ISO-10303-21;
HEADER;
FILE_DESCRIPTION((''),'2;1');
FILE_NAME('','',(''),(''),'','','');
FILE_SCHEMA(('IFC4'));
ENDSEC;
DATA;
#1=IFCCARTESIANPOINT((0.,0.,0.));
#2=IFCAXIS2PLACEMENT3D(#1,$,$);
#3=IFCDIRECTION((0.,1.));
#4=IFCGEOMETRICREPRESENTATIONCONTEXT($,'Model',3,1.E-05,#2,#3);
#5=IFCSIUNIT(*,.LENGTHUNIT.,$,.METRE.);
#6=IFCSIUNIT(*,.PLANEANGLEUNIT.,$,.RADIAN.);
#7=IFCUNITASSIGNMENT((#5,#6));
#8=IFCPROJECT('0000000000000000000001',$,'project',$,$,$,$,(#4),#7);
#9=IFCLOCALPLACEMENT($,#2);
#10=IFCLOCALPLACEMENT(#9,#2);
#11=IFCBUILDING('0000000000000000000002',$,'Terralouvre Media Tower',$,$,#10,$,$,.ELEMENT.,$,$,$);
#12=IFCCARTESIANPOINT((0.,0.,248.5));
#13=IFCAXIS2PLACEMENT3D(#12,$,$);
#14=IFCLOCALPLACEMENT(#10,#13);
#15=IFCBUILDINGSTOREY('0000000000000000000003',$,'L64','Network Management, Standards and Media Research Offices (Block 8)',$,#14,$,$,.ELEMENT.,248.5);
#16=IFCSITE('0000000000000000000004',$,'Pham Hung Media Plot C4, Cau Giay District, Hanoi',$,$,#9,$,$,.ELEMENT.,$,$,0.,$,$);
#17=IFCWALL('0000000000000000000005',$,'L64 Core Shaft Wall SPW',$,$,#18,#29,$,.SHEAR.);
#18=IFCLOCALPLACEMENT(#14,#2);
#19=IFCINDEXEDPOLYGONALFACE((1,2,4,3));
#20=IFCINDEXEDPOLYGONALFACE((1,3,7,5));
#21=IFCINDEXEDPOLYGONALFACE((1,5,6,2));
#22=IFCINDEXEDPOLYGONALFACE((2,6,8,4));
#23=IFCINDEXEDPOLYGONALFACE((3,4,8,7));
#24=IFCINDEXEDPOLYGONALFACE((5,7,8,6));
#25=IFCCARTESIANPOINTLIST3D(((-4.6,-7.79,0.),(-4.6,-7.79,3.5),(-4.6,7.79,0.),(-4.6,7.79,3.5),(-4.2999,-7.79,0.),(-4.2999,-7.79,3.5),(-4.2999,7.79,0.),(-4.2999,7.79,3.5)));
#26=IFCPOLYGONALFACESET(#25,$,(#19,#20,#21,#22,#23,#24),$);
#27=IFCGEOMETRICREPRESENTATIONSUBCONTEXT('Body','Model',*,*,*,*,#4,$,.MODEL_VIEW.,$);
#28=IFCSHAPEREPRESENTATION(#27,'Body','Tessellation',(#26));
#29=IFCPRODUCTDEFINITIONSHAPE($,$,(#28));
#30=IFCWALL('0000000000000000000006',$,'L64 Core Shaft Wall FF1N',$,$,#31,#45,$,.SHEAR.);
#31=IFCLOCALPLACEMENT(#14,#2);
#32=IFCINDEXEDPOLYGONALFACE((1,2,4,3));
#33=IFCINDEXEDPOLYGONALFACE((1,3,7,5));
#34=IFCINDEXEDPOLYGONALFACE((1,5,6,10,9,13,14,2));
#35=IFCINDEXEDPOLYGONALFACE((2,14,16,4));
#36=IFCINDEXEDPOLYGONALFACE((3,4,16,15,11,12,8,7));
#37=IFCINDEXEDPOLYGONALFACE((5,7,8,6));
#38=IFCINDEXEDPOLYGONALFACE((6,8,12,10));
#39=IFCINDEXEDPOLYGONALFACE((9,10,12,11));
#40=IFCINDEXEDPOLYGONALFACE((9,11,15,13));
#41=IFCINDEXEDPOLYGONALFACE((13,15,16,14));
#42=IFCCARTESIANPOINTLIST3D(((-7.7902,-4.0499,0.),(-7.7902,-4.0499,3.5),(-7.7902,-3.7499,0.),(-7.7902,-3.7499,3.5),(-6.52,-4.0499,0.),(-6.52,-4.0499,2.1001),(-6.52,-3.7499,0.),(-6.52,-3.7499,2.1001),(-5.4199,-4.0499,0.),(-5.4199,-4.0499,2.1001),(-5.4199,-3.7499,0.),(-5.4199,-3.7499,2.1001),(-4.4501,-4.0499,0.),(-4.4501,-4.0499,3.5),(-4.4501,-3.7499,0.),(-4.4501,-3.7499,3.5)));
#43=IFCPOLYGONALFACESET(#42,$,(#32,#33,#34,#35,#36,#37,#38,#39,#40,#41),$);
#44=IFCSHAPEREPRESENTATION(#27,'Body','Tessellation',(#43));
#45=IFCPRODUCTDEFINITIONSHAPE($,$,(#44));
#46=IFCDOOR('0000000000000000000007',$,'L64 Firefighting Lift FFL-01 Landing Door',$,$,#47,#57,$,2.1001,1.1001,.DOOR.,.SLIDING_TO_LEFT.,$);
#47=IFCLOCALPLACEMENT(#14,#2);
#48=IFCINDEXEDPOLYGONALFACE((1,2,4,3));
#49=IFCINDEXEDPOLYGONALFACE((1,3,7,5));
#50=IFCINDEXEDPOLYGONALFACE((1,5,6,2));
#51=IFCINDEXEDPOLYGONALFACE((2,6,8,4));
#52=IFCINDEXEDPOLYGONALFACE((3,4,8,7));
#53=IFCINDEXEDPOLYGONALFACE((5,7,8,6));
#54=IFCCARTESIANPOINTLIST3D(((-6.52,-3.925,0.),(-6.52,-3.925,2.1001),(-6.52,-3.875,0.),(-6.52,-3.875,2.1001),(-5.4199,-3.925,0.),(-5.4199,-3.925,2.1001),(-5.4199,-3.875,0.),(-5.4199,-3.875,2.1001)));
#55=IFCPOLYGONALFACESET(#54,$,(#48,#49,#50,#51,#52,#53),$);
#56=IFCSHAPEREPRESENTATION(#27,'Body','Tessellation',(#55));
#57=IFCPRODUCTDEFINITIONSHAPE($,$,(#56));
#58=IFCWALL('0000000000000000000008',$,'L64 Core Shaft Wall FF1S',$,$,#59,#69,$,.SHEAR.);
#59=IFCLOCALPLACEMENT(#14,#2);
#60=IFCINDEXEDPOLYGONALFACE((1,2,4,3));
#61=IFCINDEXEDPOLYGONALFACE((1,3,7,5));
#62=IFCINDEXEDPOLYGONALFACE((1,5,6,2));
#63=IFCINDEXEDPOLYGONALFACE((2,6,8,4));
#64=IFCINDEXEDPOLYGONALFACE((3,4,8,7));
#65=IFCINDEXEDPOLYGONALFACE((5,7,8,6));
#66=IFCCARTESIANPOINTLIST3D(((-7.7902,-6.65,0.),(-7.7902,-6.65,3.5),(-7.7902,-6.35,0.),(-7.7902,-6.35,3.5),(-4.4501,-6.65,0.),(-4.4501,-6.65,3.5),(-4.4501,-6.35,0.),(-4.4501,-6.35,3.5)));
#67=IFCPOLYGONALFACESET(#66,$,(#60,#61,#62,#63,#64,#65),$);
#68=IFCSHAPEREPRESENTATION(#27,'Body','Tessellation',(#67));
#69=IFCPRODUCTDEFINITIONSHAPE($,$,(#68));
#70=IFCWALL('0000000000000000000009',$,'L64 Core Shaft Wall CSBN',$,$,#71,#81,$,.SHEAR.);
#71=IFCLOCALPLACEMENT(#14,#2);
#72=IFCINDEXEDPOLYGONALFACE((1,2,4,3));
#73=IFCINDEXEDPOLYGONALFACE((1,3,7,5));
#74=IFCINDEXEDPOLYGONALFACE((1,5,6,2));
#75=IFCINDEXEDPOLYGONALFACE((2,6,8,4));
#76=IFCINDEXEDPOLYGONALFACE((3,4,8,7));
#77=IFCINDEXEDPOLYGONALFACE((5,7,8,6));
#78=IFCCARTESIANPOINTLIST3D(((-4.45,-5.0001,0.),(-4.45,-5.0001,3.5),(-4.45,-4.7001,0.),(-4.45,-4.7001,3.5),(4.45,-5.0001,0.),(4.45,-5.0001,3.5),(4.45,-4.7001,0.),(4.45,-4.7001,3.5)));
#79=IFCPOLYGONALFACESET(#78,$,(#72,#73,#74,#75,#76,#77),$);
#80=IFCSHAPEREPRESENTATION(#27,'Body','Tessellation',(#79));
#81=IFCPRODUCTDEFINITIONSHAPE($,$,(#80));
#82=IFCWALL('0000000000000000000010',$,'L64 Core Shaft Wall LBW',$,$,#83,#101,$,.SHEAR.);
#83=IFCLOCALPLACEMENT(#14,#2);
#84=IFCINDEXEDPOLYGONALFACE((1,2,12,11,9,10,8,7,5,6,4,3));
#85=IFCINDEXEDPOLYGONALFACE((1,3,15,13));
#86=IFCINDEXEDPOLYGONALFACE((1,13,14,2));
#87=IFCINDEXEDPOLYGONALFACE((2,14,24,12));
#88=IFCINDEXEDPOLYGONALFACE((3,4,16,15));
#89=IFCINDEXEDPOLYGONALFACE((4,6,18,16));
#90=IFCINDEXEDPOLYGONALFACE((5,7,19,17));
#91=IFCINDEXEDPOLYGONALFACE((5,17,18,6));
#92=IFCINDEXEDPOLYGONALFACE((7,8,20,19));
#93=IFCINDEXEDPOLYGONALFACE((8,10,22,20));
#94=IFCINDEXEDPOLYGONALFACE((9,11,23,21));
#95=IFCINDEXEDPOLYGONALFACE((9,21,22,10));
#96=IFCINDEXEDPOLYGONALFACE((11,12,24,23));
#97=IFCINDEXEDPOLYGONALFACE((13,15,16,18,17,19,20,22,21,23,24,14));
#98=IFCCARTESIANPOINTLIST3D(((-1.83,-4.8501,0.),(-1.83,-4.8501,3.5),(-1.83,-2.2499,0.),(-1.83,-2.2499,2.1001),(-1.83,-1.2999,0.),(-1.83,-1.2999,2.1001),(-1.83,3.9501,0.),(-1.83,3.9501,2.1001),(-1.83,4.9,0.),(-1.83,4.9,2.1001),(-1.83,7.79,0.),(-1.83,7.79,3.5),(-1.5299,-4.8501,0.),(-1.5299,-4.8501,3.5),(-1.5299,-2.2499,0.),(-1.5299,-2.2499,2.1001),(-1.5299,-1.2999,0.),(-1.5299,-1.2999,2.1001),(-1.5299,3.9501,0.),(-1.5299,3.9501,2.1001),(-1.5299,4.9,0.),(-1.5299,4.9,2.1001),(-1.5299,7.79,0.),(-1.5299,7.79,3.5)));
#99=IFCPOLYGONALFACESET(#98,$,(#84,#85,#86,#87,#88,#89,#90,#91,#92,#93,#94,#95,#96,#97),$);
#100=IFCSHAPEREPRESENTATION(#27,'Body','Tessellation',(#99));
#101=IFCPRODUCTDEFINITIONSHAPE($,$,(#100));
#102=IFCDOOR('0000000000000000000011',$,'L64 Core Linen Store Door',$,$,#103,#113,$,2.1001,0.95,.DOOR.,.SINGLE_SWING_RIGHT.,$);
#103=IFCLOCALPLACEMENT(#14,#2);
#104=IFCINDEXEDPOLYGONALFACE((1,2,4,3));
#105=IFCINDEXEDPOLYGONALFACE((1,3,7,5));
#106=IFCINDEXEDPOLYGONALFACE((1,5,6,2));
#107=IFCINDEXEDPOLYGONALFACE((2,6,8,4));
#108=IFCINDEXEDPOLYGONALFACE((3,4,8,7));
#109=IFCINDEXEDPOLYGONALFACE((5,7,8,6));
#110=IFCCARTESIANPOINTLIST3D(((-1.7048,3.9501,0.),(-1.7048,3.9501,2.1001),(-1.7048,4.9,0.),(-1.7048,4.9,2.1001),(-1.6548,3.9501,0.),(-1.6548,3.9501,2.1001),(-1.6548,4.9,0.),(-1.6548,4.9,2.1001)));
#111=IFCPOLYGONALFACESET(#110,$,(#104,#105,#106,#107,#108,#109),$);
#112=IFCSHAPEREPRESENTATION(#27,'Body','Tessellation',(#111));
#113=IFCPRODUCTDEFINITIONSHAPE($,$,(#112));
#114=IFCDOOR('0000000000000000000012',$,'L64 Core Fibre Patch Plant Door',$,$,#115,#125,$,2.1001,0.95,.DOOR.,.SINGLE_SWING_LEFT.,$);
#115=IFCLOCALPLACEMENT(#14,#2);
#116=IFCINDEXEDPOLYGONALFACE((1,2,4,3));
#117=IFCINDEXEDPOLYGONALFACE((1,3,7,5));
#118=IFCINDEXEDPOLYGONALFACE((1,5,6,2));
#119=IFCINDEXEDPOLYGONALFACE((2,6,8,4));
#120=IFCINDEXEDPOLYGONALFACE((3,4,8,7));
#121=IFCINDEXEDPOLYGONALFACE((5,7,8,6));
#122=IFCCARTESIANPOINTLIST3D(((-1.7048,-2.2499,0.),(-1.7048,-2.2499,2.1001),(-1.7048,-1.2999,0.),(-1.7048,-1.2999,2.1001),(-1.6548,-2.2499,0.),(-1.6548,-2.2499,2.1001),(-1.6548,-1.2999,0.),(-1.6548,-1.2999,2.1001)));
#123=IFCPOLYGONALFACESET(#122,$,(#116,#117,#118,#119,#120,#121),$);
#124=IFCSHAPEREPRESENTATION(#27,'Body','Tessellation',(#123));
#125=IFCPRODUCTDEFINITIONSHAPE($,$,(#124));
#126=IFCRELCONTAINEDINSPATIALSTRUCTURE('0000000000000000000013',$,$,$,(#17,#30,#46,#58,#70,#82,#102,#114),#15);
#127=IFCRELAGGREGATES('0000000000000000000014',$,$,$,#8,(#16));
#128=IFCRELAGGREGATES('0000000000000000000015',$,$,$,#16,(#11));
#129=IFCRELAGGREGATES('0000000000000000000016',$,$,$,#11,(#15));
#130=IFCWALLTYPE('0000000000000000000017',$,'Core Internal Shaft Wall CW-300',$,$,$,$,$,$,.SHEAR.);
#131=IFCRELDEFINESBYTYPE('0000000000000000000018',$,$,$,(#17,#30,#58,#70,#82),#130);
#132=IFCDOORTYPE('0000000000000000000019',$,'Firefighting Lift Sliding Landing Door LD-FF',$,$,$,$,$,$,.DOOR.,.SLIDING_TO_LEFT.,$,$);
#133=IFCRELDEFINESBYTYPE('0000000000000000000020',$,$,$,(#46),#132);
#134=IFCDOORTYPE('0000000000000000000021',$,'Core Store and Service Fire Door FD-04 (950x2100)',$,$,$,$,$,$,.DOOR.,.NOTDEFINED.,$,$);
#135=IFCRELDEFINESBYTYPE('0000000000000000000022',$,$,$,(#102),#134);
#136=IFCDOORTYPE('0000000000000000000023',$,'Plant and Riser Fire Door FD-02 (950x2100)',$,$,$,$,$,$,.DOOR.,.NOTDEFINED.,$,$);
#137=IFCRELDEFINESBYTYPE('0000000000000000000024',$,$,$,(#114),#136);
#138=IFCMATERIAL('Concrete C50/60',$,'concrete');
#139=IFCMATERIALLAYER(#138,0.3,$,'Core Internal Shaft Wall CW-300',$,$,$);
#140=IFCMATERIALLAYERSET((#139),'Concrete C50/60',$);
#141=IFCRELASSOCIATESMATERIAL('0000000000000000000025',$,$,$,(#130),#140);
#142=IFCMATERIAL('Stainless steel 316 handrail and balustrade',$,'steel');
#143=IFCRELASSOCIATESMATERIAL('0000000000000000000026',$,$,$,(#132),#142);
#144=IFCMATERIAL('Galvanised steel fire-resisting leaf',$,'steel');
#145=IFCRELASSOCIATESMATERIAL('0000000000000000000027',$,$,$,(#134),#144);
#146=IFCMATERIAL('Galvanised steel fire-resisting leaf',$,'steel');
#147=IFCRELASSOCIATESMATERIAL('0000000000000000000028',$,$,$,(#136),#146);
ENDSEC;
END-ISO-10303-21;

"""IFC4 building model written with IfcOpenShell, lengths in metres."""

from ifc_helpers import new_model, si_unit, direction, frame, frame_2d, origin, place, context, subcontext, project, spatial, rectangle, extrude, material, layer, layer_set, type_object, element, fill, save


model = new_model("IFC4")

# Units and contexts
model_context = context("Model", 3, precision=1e-05, world=origin(), true_north=direction((0.0, 1.0)))
body_context = subcontext(model_context, "Body", "Model", "MODEL_VIEW")
ifc_project = project(units=[si_unit("LENGTHUNIT", "METRE"), si_unit("PLANEANGLEUNIT", "RADIAN")], contexts=[model_context])

# Site, building, storey
site_placement = place(None, origin())
site = spatial("IfcSite", under=ifc_project, at=site_placement, Name="Pham Hung Media Plot C4, Cau Giay District, Hanoi", CompositionType="ELEMENT", RefElevation=0.0)
building_placement = place(site_placement, origin())
building = spatial("IfcBuilding", under=site, at=building_placement, Name="Terralouvre Media Tower", CompositionType="ELEMENT")
storey_placement = place(building_placement, frame((0.0, 0.0, 248.5)))
storey = spatial("IfcBuildingStorey", under=building, at=storey_placement, Name="L64", Description="Network Management, Standards and Media Research Offices (Block 8)", CompositionType="ELEMENT", Elevation=248.5)

# Wall
ifc_material_1 = material(Name="Concrete C50/60", Category="concrete")
ifc_layer_1 = layer(ifc_material_1, 0.3, Name="Core Internal Shaft Wall CW-300")
ifc_layer_set_1 = layer_set([ifc_layer_1], Name="Concrete C50/60")
wall_type_1 = type_object("IfcWallType", Name="Core Internal Shaft Wall CW-300", PredefinedType="SHEAR", material=ifc_layer_set_1)
wall_1_placement = place(storey_placement, frame((-4.45, -7.79, 0.0), z_axis=(0.0, 0.0, 1.0), x_axis=(0.0, 1.0, 0.0)))
element("IfcWall", 1, at=wall_1_placement, inside=storey, type_object=wall_type_1, Name="L64 Core Shaft Wall SPW", PredefinedType="SHEAR", context=body_context, shape_type="SweptSolid", body=[
    extrude(rectangle(XDim=15.5801, YDim=0.3, at=frame_2d((7.79, 0.0))), origin(), (0.0, 0.0, 1.0), 3.5),
])

# Wall, opening, door
wall_2_placement = place(storey_placement, frame((-7.79, -3.8999, 0.0), z_axis=(0.0, 0.0, 1.0), x_axis=(1.0, 0.0, 0.0)))
wall_2 = element("IfcWall", 2, at=wall_2_placement, inside=storey, type_object=wall_type_1, Name="L64 Core Shaft Wall FF1N", PredefinedType="SHEAR", context=body_context, shape_type="SweptSolid", body=[
    extrude(rectangle(XDim=3.3401, YDim=0.3, at=frame_2d((1.6699, 0.0))), origin(), (0.0, 0.0, 1.0), 3.5),
])
opening_1_placement = place(wall_2_placement, frame((1.27, 0.0, 0.0)))
opening_1 = element("IfcOpeningElement", 3, at=opening_1_placement, cuts=wall_2, PredefinedType="OPENING", context=body_context, shape_type="SweptSolid", body=[
    extrude(rectangle(XDim=1.1001, YDim=2.1001, at=frame_2d((0.55, 1.05))), frame((0.0, 0.1599, 0.0), z_axis=(0.0, -1.0, 0.0), x_axis=(1.0, 0.0, 0.0)), (0.0, 0.0, 1.0), 0.3201),
])
ifc_material_2 = material(Name="Stainless steel 316 handrail and balustrade", Category="steel")
door_type_1 = type_object("IfcDoorType", Name="Firefighting Lift Sliding Landing Door LD-FF", OperationType="SLIDING_TO_LEFT", PredefinedType="DOOR", material=ifc_material_2)
door_1_placement = place(opening_1_placement, origin())
door_1 = element("IfcDoor", 4, at=door_1_placement, inside=storey, type_object=door_type_1, Name="L64 Firefighting Lift FFL-01 Landing Door", OperationType="SLIDING_TO_LEFT", OverallHeight=2.1001, OverallWidth=1.1001, PredefinedType="DOOR", context=body_context, shape_type="SweptSolid", body=[
    extrude(rectangle(XDim=1.1001, YDim=2.1001, at=frame_2d((0.55, 1.05))), frame((0.0, 0.0249, 0.0), z_axis=(0.0, -1.0, 0.0), x_axis=(1.0, 0.0, 0.0)), (0.0, 0.0, 1.0), 0.05),
])
fill(opening_1, door_1)

# Walls
wall_3_placement = place(storey_placement, frame((-7.79, -6.5, 0.0), z_axis=(0.0, 0.0, 1.0), x_axis=(1.0, 0.0, 0.0)))
element("IfcWall", 5, at=wall_3_placement, inside=storey, type_object=wall_type_1, Name="L64 Core Shaft Wall FF1S", PredefinedType="SHEAR", context=body_context, shape_type="SweptSolid", body=[
    extrude(rectangle(XDim=3.3401, YDim=0.3, at=frame_2d((1.6699, 0.0))), origin(), (0.0, 0.0, 1.0), 3.5),
])
wall_4_placement = place(storey_placement, frame((-4.45, -4.8501, 0.0), z_axis=(0.0, 0.0, 1.0), x_axis=(1.0, 0.0, 0.0)))
element("IfcWall", 6, at=wall_4_placement, inside=storey, type_object=wall_type_1, Name="L64 Core Shaft Wall CSBN", PredefinedType="SHEAR", context=body_context, shape_type="SweptSolid", body=[
    extrude(rectangle(XDim=8.8999, YDim=0.3, at=frame_2d((4.45, 0.0))), origin(), (0.0, 0.0, 1.0), 3.5),
])

# Wall, openings, doors
wall_5_placement = place(storey_placement, frame((-1.6799, -4.8501, 0.0), z_axis=(0.0, 0.0, 1.0), x_axis=(0.0, 1.0, 0.0)))
wall_5 = element("IfcWall", 7, at=wall_5_placement, inside=storey, type_object=wall_type_1, Name="L64 Core Shaft Wall LBW", PredefinedType="SHEAR", context=body_context, shape_type="SweptSolid", body=[
    extrude(rectangle(XDim=12.6401, YDim=0.3, at=frame_2d((6.3201, 0.0))), origin(), (0.0, 0.0, 1.0), 3.5),
])
opening_2_placement = place(wall_5_placement, frame((2.6001, 0.0, 0.0)))
opening_2 = element("IfcOpeningElement", 8, at=opening_2_placement, cuts=wall_5, PredefinedType="OPENING", context=body_context, shape_type="SweptSolid", body=[
    extrude(rectangle(XDim=0.95, YDim=2.1001, at=frame_2d((0.4751, 1.05))), frame((0.0, 0.1599, 0.0), z_axis=(0.0, -1.0, 0.0), x_axis=(1.0, 0.0, 0.0)), (0.0, 0.0, 1.0), 0.3201),
])
opening_3_placement = place(wall_5_placement, frame((8.8, 0.0, 0.0)))
opening_3 = element("IfcOpeningElement", 9, at=opening_3_placement, cuts=wall_5, PredefinedType="OPENING", context=body_context, shape_type="SweptSolid", body=[
    extrude(rectangle(XDim=0.95, YDim=2.1001, at=frame_2d((0.4751, 1.05))), frame((0.0, 0.1599, 0.0), z_axis=(0.0, -1.0, 0.0), x_axis=(1.0, 0.0, 0.0)), (0.0, 0.0, 1.0), 0.3201),
])
ifc_material_3 = material(Name="Galvanised steel fire-resisting leaf", Category="steel")
door_type_2 = type_object("IfcDoorType", Name="Core Store and Service Fire Door FD-04 (950x2100)", OperationType="NOTDEFINED", PredefinedType="DOOR", material=ifc_material_3)
door_2_placement = place(opening_3_placement, origin())
door_2 = element("IfcDoor", 10, at=door_2_placement, inside=storey, type_object=door_type_2, Name="L64 Core Linen Store Door", OperationType="SINGLE_SWING_RIGHT", OverallHeight=2.1001, OverallWidth=0.95, PredefinedType="DOOR", context=body_context, shape_type="SweptSolid", body=[
    extrude(rectangle(XDim=0.95, YDim=2.1001, at=frame_2d((0.4751, 1.05))), frame((0.0, 0.0249, 0.0), z_axis=(0.0, -1.0, 0.0), x_axis=(1.0, 0.0, 0.0)), (0.0, 0.0, 1.0), 0.05),
])
fill(opening_3, door_2)
ifc_material_4 = material(Name="Galvanised steel fire-resisting leaf", Category="steel")
door_type_3 = type_object("IfcDoorType", Name="Plant and Riser Fire Door FD-02 (950x2100)", OperationType="NOTDEFINED", PredefinedType="DOOR", material=ifc_material_4)
door_3_placement = place(opening_2_placement, origin())
door_3 = element("IfcDoor", 11, at=door_3_placement, inside=storey, type_object=door_type_3, Name="L64 Core Fibre Patch Plant Door", OperationType="SINGLE_SWING_LEFT", OverallHeight=2.1001, OverallWidth=0.95, PredefinedType="DOOR", context=body_context, shape_type="SweptSolid", body=[
    extrude(rectangle(XDim=0.95, YDim=2.1001, at=frame_2d((0.4751, 1.05))), frame((0.0, 0.0249, 0.0), z_axis=(0.0, -1.0, 0.0), x_axis=(1.0, 0.0, 0.0)), (0.0, 0.0, 1.0), 0.05),
])
fill(opening_2, door_3)

save(model, "model.ifc")
